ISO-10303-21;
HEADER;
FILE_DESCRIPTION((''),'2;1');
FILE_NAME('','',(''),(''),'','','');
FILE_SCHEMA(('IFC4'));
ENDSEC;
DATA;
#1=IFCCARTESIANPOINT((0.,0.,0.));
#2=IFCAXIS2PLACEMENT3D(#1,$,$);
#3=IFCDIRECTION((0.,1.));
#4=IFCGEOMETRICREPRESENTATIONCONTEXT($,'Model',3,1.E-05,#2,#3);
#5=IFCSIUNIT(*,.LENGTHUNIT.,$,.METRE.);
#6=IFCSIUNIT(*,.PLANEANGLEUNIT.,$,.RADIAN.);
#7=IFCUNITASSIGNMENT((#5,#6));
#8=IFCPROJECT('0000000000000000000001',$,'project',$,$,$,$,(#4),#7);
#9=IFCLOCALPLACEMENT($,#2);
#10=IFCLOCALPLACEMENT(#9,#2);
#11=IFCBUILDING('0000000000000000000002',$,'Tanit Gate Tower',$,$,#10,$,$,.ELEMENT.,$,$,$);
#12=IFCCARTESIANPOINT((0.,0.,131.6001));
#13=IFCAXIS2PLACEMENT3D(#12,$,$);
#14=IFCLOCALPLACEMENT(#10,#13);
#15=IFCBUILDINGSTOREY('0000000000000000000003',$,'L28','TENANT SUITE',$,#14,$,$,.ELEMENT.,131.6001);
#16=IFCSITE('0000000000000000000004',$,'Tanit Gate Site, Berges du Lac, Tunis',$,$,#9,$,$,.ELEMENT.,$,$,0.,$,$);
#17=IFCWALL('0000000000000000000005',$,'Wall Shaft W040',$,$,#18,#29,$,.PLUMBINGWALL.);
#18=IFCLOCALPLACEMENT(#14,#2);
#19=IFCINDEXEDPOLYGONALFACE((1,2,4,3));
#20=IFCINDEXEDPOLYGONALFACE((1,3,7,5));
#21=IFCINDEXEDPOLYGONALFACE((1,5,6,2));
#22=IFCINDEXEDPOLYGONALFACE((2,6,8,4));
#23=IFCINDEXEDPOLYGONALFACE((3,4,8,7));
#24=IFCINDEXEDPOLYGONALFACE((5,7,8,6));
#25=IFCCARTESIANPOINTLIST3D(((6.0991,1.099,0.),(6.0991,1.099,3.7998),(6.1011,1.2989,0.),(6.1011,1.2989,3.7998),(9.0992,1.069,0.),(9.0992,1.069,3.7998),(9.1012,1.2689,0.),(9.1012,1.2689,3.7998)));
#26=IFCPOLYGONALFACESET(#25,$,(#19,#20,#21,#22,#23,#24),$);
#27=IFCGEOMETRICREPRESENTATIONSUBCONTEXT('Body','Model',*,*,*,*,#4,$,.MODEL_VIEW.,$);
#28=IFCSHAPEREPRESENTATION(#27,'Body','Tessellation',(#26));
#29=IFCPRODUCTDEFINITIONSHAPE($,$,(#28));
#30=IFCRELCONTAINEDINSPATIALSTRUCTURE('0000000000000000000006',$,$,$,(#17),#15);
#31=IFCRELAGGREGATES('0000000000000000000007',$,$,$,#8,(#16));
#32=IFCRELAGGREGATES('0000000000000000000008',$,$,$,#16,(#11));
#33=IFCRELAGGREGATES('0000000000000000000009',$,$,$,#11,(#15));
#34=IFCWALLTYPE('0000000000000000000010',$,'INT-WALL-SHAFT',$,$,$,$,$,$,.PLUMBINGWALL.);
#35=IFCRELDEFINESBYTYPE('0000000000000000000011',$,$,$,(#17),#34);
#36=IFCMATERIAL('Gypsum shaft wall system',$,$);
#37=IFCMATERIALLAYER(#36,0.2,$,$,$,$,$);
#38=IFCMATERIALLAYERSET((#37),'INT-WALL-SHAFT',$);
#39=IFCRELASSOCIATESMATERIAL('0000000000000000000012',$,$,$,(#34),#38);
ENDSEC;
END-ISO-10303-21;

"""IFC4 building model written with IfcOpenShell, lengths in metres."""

from ifc_helpers import new_model, si_unit, direction, frame, frame_2d, origin, place, context, subcontext, project, spatial, rectangle, extrude, material, layer, layer_set, type_object, element, save


model = new_model("IFC4")

# Units and contexts
model_context = context("Model", 3, precision=1e-05, world=origin(), true_north=direction((0.0, 1.0)))
body_context = subcontext(model_context, "Body", "Model", "MODEL_VIEW")
ifc_project = project(units=[si_unit("LENGTHUNIT", "METRE"), si_unit("PLANEANGLEUNIT", "RADIAN")], contexts=[model_context])

# Site, building, storey
site_placement = place(None, origin())
site = spatial("IfcSite", under=ifc_project, at=site_placement, Name="Tanit Gate Site, Berges du Lac, Tunis", CompositionType="ELEMENT", RefElevation=0.0)
building_placement = place(site_placement, origin())
building = spatial("IfcBuilding", under=site, at=building_placement, Name="Tanit Gate Tower", CompositionType="ELEMENT")
storey_placement = place(building_placement, frame((0.0, 0.0, 131.6001)))
storey = spatial("IfcBuildingStorey", under=building, at=storey_placement, Name="L28", Description="TENANT SUITE", CompositionType="ELEMENT", Elevation=131.6001)

# Shared definitions
ifc_material_1 = material(Name="Gypsum shaft wall system")
ifc_layer_1 = layer(ifc_material_1, 0.2)
ifc_layer_set_1 = layer_set([ifc_layer_1], Name="INT-WALL-SHAFT")
wall_type_1 = type_object("IfcWallType", Name="INT-WALL-SHAFT", PredefinedType="PLUMBINGWALL", material=ifc_layer_set_1)

# Wall
wall_1_placement = place(storey_placement, frame((9.1001, 1.1689, 0.0), z_axis=(0.0, 0.0, 1.0), x_axis=(-0.99995, 0.010009, 0.0)))
element("IfcWall", 1, at=wall_1_placement, inside=storey, type_object=wall_type_1, Name="Wall Shaft W040", PredefinedType="PLUMBINGWALL", context=body_context, shape_type="SweptSolid", body=[
    extrude(rectangle(XDim=3.0002, YDim=0.2, at=frame_2d((1.5, 0.0))), origin(), (0.0, 0.0, 1.0), 3.7998),
])

save(model, "model.ifc")
